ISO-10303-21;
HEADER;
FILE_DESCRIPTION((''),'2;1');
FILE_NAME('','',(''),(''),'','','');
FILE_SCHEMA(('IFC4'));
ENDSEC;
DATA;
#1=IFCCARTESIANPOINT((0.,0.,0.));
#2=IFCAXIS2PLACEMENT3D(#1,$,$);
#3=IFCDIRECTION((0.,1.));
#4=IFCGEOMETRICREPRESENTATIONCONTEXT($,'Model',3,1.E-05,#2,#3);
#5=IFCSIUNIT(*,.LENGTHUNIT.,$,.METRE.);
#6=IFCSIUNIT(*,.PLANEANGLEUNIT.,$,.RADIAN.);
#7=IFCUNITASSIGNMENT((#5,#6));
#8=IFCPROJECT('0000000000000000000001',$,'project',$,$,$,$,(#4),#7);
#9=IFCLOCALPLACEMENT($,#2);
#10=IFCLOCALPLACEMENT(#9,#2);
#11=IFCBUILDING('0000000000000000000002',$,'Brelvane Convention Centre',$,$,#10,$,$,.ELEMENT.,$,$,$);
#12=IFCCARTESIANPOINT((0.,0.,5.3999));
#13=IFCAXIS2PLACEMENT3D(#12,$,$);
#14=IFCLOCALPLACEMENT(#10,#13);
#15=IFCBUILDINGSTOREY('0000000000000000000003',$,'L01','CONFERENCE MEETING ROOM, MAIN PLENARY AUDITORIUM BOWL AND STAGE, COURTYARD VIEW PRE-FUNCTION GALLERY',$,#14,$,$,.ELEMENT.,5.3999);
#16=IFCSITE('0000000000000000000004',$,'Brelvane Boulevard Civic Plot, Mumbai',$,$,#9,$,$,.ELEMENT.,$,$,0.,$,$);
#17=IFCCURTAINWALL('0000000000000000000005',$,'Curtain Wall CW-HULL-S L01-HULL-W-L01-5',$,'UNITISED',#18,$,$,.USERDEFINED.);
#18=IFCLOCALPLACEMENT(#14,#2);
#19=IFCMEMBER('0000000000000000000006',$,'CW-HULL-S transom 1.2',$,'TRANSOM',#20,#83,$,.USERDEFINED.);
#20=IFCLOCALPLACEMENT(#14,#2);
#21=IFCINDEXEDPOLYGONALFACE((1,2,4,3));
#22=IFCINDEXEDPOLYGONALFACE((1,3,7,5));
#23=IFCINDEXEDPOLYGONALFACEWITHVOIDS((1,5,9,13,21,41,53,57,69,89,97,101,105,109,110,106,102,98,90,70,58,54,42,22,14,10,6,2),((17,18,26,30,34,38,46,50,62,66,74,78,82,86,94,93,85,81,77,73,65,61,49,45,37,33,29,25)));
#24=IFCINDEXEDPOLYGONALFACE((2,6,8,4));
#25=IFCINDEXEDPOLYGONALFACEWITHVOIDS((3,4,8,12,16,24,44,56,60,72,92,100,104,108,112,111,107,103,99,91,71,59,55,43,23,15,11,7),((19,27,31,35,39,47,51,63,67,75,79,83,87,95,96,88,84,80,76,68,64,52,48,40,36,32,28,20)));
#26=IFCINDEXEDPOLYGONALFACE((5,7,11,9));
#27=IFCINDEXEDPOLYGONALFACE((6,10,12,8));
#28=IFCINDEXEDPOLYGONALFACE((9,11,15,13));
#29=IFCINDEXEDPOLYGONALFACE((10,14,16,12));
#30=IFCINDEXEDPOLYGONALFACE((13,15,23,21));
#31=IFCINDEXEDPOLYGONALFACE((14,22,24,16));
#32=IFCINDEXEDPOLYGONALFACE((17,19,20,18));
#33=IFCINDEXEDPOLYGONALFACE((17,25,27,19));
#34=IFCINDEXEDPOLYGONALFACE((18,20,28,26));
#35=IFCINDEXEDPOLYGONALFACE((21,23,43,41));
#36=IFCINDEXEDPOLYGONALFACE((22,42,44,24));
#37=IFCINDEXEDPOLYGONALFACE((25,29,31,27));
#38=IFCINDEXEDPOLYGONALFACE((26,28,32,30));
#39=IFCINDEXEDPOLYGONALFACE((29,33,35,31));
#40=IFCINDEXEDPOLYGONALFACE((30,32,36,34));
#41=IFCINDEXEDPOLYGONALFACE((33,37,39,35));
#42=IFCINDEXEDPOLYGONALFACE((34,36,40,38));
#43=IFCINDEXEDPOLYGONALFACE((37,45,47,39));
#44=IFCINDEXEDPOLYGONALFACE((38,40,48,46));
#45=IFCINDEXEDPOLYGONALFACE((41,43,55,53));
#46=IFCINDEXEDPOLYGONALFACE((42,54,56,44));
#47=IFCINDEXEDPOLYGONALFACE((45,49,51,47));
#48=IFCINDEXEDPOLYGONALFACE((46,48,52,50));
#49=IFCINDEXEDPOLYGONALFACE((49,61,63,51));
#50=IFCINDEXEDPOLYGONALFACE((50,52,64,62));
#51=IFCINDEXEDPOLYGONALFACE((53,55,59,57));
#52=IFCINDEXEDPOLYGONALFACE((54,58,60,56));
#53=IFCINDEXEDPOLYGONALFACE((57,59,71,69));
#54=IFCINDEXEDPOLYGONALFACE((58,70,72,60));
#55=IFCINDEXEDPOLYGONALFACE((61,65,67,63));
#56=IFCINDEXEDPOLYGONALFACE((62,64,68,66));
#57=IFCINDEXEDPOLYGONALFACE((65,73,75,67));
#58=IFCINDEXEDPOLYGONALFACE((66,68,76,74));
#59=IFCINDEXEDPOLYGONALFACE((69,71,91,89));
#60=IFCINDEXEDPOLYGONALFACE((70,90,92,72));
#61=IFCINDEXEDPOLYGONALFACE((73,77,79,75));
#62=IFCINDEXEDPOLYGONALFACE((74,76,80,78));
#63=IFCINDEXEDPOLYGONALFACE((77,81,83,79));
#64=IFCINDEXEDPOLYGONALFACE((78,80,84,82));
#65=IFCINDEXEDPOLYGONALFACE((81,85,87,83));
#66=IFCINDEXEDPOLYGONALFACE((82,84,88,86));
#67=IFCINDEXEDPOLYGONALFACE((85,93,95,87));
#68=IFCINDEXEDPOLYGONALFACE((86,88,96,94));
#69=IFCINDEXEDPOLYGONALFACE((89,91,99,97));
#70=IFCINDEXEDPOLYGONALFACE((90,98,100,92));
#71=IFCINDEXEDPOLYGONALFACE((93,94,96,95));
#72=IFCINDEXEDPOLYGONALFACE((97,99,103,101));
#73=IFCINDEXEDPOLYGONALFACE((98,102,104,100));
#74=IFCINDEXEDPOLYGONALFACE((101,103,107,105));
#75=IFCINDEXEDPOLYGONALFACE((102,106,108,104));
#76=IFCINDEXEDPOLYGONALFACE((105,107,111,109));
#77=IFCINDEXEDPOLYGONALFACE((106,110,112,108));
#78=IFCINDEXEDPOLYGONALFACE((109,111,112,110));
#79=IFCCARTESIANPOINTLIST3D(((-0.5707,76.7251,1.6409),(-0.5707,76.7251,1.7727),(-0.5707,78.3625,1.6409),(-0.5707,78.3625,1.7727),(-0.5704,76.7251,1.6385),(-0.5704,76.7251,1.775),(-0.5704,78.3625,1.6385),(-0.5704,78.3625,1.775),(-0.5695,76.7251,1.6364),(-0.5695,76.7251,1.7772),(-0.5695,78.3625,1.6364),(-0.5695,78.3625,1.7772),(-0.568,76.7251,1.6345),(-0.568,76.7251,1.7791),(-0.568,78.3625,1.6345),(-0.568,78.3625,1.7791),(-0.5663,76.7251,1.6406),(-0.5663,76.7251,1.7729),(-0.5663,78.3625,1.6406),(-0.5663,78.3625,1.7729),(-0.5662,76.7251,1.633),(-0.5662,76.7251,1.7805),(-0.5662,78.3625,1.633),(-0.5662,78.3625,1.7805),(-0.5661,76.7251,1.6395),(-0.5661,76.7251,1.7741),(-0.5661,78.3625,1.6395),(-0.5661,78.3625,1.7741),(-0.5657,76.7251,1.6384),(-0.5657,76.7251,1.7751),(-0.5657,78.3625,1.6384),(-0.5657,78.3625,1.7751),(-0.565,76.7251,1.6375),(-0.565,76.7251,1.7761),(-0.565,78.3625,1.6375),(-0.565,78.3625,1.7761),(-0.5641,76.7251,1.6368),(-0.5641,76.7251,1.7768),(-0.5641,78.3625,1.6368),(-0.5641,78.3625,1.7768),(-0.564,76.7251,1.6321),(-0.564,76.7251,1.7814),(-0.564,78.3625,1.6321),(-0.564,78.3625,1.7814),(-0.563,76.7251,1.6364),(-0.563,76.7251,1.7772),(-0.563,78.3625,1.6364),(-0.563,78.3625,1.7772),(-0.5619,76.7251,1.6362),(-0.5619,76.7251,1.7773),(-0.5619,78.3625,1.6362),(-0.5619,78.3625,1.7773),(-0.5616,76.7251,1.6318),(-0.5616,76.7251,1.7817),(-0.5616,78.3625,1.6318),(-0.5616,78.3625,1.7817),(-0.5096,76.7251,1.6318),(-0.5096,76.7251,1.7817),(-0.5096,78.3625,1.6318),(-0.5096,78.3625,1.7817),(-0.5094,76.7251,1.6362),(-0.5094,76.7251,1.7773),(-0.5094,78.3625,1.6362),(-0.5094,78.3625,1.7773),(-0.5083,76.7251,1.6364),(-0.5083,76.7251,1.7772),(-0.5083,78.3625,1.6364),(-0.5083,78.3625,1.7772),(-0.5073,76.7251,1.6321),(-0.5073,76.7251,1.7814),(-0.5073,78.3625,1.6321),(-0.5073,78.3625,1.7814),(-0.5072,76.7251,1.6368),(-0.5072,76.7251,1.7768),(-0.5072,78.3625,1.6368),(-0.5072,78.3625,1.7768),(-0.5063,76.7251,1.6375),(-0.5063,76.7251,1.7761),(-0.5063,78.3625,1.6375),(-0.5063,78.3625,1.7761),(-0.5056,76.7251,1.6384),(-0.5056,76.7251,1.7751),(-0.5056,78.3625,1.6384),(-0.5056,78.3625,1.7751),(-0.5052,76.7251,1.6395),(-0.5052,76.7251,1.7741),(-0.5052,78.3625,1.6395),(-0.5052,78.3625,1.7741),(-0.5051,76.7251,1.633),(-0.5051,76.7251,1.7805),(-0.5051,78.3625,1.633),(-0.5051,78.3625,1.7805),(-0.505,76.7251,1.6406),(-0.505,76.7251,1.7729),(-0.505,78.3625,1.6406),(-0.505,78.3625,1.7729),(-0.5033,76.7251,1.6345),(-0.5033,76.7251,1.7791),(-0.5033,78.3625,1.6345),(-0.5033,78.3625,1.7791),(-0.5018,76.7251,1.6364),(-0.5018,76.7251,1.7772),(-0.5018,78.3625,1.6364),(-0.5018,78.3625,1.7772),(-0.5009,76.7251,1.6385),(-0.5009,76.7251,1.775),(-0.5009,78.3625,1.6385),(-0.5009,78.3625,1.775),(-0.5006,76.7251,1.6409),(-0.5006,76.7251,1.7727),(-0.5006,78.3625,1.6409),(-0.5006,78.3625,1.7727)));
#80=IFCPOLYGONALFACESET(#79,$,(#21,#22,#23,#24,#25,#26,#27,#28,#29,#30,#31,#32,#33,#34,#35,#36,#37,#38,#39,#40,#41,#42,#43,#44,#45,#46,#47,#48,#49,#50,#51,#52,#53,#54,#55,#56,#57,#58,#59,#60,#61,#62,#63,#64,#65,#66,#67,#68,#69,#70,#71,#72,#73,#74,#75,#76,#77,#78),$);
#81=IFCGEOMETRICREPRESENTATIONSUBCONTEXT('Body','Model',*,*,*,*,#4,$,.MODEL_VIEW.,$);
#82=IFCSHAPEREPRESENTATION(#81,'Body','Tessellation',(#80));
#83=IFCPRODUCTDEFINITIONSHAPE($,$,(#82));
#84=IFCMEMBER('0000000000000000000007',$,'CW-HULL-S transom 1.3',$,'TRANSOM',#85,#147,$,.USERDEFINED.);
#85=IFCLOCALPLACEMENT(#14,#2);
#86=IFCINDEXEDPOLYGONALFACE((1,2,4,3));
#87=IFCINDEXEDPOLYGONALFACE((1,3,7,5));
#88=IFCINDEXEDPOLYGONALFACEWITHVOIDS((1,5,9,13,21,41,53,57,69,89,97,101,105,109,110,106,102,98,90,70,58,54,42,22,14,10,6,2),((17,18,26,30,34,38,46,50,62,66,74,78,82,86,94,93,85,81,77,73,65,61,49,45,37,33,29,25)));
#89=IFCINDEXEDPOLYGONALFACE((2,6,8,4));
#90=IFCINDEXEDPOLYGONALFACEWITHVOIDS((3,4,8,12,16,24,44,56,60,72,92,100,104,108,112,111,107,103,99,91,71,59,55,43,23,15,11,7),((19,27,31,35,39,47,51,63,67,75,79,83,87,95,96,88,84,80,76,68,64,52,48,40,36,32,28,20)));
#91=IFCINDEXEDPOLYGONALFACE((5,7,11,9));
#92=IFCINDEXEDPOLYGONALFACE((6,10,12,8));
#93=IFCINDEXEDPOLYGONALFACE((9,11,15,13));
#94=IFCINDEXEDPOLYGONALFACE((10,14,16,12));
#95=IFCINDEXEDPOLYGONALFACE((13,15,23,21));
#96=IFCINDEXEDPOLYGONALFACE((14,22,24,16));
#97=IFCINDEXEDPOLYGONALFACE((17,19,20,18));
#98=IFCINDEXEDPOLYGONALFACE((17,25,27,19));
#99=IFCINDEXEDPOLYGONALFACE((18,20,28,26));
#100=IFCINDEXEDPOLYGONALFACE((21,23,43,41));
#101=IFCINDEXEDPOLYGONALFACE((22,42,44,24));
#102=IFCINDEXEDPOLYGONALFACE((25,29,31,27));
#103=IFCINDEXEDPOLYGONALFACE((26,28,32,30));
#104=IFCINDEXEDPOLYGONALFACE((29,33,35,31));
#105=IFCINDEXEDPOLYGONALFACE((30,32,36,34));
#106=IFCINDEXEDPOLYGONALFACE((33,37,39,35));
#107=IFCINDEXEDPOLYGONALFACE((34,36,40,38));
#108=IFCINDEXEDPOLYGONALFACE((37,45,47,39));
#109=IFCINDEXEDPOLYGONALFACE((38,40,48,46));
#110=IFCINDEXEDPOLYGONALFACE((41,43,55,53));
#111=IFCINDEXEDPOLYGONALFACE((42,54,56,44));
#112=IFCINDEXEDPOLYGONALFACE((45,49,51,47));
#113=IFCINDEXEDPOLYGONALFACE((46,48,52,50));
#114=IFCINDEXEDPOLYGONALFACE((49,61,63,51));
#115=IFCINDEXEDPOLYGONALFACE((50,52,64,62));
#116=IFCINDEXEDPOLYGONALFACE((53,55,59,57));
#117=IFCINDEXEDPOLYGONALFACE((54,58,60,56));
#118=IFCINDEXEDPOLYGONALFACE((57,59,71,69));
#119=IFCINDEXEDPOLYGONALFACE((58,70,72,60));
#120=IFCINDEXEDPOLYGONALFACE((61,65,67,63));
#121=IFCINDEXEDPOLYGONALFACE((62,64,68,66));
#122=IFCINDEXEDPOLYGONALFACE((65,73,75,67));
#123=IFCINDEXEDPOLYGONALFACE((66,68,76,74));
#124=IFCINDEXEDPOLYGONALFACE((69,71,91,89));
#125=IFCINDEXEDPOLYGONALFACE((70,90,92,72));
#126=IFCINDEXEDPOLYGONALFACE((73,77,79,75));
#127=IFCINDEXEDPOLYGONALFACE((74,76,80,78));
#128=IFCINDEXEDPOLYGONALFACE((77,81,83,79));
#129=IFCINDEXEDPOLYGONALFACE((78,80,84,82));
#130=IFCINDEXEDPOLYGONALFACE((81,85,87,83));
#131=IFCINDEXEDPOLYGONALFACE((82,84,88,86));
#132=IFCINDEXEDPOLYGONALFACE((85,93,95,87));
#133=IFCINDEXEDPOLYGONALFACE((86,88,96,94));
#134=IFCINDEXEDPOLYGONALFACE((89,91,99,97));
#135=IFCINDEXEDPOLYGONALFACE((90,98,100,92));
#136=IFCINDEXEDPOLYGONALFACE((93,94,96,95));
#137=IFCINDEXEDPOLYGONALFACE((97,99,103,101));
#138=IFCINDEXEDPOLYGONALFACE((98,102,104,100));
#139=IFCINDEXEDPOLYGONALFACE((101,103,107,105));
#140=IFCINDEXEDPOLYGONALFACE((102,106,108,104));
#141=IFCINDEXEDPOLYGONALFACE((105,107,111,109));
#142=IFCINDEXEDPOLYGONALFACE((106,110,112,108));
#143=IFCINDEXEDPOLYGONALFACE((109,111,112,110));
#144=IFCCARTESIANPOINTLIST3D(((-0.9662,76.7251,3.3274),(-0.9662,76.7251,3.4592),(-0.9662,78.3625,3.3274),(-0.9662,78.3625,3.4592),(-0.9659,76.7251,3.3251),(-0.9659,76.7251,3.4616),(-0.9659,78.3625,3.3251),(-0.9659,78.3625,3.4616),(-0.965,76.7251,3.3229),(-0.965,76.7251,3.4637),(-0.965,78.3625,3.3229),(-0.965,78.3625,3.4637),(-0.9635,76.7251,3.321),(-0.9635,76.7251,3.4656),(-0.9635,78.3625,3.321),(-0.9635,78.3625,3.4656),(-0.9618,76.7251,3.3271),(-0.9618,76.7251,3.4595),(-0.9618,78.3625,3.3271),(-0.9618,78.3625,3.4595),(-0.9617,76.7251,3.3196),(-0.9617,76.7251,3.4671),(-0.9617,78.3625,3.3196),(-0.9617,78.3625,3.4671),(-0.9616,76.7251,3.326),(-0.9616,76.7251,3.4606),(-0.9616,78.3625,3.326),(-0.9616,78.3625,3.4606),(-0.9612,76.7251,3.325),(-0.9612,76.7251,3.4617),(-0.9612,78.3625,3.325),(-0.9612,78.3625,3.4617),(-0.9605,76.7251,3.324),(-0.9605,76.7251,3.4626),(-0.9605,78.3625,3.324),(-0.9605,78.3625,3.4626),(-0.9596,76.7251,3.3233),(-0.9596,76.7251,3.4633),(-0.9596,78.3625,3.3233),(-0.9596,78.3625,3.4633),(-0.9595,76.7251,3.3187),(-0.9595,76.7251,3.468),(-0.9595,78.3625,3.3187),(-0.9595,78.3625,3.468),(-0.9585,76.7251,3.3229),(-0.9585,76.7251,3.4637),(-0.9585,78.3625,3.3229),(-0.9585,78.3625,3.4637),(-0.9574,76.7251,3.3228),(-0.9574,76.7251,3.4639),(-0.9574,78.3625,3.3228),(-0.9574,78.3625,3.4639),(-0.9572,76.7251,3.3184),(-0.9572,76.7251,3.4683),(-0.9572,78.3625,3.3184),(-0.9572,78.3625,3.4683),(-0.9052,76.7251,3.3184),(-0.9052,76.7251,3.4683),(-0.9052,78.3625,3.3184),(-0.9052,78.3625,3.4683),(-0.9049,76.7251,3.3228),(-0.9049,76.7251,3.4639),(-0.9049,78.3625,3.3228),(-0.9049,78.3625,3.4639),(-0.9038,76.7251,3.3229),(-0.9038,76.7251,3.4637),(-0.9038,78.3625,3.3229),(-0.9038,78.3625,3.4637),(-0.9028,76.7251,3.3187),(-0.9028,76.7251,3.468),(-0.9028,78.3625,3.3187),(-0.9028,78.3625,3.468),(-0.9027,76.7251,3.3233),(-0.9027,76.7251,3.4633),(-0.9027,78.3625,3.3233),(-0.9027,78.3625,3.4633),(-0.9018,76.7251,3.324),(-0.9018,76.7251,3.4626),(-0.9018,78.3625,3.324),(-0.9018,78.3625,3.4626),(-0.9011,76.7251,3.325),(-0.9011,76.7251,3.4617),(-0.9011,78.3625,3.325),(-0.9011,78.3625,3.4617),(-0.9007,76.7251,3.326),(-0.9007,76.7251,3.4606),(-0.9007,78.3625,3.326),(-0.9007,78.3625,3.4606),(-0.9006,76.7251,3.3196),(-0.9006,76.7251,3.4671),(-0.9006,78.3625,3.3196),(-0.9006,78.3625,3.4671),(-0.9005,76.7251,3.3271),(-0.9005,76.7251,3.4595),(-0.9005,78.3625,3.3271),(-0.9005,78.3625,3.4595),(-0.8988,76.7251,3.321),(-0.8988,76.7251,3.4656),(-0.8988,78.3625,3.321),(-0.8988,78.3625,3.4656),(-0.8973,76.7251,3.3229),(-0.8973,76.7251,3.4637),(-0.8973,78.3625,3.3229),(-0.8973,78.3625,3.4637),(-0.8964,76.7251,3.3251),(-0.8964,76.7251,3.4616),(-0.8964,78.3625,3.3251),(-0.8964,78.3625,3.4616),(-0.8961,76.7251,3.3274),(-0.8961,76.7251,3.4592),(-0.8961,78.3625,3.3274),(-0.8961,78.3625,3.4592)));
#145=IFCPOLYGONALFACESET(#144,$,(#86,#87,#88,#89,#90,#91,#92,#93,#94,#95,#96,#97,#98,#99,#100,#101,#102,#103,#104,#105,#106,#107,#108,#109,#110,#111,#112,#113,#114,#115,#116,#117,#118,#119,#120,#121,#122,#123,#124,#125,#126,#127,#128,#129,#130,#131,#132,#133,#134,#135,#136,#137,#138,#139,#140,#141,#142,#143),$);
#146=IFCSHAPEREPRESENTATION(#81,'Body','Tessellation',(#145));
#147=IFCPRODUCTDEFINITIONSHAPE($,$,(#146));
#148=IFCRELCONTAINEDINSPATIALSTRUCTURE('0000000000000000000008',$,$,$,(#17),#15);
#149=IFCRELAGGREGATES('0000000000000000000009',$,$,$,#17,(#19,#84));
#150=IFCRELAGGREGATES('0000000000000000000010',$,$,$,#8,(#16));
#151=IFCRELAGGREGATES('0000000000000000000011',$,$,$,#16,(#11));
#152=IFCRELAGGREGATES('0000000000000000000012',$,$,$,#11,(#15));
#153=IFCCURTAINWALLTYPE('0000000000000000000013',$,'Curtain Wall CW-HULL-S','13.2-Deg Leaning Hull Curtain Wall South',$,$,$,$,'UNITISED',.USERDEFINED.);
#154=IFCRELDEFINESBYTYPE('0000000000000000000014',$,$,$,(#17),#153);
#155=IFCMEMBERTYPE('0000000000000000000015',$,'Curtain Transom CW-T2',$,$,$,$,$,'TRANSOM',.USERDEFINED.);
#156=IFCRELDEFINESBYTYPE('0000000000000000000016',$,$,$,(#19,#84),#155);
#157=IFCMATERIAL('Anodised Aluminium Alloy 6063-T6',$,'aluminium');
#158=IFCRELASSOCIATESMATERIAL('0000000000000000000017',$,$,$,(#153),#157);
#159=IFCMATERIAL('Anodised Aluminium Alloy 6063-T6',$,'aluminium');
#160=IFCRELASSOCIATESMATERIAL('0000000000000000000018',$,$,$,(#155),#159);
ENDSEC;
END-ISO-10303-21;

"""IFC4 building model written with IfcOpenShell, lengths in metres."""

from ifc_helpers import new_model, si_unit, direction, frame, origin, origin_2d, place, context, subcontext, project, spatial, hollow_rectangle, extrude, material, material_profile, profile_set, type_object, element, aggregate, save


model = new_model("IFC4")

# Units and contexts
model_context = context("Model", 3, precision=1e-05, world=origin(), true_north=direction((0.0, 1.0)))
body_context = subcontext(model_context, "Body", "Model", "MODEL_VIEW")
ifc_project = project(units=[si_unit("LENGTHUNIT", "METRE"), si_unit("PLANEANGLEUNIT", "RADIAN")], contexts=[model_context])

# Site, building, storey
site_placement = place(None, origin())
site = spatial("IfcSite", under=ifc_project, at=site_placement, Name="Brelvane Boulevard Civic Plot, Mumbai", CompositionType="ELEMENT", RefElevation=0.0)
building_placement = place(site_placement, origin())
building = spatial("IfcBuilding", under=site, at=building_placement, Name="Brelvane Convention Centre", CompositionType="ELEMENT")
storey_placement = place(building_placement, frame((0.0, 0.0, 5.3999)))
storey = spatial("IfcBuildingStorey", under=building, at=storey_placement, Name="L01", Description="CONFERENCE MEETING ROOM, MAIN PLENARY AUDITORIUM BOWL AND STAGE, COURTYARD VIEW PRE-FUNCTION GALLERY", CompositionType="ELEMENT", Elevation=5.3999)

# Curtain wall
ifc_material_1 = material(Name="Anodised Aluminium Alloy 6063-T6", Category="aluminium")
curtain_wall_type = type_object("IfcCurtainWallType", Name="Curtain Wall CW-HULL-S", Description="13.2-Deg Leaning Hull Curtain Wall South", ElementType="UNITISED", PredefinedType="USERDEFINED", material=ifc_material_1)
curtain_wall_1_placement = place(storey_placement, origin())
curtain_wall_1 = element("IfcCurtainWall", 1, at=curtain_wall_1_placement, inside=storey, type_object=curtain_wall_type, Name="Curtain Wall CW-HULL-S L01-HULL-W-L01-5", ObjectType="UNITISED", PredefinedType="USERDEFINED")

# Members
ifc_material_2 = material(Name="Anodised Aluminium Alloy 6063-T6", Category="aluminium")
ifc_material_profile_1 = material_profile(ifc_material_2, hollow_rectangle(XDim=0.0701, YDim=0.1499, WallThickness=0.0044, InnerFilletRadius=0.0044, OuterFilletRadius=0.009, at=origin_2d()), Name="ALU-T 150x70x4.5")
ifc_profile_set_1 = profile_set([ifc_material_profile_1], Name="Anodised Aluminium Alloy 6063-T6")
member_type_1 = type_object("IfcMemberType", Name="Curtain Transom CW-T2", ElementType="TRANSOM", PredefinedType="USERDEFINED", material=ifc_profile_set_1)
member_1_placement = place(storey_placement, frame((-0.5356, 76.7251, 1.7068), z_axis=(0.0, 1.0, 0.0), x_axis=(-1.0, 0.0, 0.0)))
member_1 = element("IfcMember", 2, at=member_1_placement, type_object=member_type_1, Name="CW-HULL-S transom 1.2", ObjectType="TRANSOM", PredefinedType="USERDEFINED", context=body_context, shape_type="SweptSolid", body=[
    extrude(hollow_rectangle(XDim=0.0701, YDim=0.1499, WallThickness=0.0044, InnerFilletRadius=0.0044, OuterFilletRadius=0.009, at=origin_2d()), origin(), (0.0, 0.0, 1.0), 1.6375),
])
member_2_placement = place(storey_placement, frame((-0.9312, 76.7251, 3.3933), z_axis=(0.0, 1.0, 0.0), x_axis=(-1.0, 0.0, 0.0)))
member_2 = element("IfcMember", 3, at=member_2_placement, type_object=member_type_1, Name="CW-HULL-S transom 1.3", ObjectType="TRANSOM", PredefinedType="USERDEFINED", context=body_context, shape_type="SweptSolid", body=[
    extrude(hollow_rectangle(XDim=0.0701, YDim=0.1499, WallThickness=0.0044, InnerFilletRadius=0.0044, OuterFilletRadius=0.009, at=origin_2d()), origin(), (0.0, 0.0, 1.0), 1.6375),
])

aggregate(curtain_wall_1, [member_1, member_2])

save(model, "model.ifc")
